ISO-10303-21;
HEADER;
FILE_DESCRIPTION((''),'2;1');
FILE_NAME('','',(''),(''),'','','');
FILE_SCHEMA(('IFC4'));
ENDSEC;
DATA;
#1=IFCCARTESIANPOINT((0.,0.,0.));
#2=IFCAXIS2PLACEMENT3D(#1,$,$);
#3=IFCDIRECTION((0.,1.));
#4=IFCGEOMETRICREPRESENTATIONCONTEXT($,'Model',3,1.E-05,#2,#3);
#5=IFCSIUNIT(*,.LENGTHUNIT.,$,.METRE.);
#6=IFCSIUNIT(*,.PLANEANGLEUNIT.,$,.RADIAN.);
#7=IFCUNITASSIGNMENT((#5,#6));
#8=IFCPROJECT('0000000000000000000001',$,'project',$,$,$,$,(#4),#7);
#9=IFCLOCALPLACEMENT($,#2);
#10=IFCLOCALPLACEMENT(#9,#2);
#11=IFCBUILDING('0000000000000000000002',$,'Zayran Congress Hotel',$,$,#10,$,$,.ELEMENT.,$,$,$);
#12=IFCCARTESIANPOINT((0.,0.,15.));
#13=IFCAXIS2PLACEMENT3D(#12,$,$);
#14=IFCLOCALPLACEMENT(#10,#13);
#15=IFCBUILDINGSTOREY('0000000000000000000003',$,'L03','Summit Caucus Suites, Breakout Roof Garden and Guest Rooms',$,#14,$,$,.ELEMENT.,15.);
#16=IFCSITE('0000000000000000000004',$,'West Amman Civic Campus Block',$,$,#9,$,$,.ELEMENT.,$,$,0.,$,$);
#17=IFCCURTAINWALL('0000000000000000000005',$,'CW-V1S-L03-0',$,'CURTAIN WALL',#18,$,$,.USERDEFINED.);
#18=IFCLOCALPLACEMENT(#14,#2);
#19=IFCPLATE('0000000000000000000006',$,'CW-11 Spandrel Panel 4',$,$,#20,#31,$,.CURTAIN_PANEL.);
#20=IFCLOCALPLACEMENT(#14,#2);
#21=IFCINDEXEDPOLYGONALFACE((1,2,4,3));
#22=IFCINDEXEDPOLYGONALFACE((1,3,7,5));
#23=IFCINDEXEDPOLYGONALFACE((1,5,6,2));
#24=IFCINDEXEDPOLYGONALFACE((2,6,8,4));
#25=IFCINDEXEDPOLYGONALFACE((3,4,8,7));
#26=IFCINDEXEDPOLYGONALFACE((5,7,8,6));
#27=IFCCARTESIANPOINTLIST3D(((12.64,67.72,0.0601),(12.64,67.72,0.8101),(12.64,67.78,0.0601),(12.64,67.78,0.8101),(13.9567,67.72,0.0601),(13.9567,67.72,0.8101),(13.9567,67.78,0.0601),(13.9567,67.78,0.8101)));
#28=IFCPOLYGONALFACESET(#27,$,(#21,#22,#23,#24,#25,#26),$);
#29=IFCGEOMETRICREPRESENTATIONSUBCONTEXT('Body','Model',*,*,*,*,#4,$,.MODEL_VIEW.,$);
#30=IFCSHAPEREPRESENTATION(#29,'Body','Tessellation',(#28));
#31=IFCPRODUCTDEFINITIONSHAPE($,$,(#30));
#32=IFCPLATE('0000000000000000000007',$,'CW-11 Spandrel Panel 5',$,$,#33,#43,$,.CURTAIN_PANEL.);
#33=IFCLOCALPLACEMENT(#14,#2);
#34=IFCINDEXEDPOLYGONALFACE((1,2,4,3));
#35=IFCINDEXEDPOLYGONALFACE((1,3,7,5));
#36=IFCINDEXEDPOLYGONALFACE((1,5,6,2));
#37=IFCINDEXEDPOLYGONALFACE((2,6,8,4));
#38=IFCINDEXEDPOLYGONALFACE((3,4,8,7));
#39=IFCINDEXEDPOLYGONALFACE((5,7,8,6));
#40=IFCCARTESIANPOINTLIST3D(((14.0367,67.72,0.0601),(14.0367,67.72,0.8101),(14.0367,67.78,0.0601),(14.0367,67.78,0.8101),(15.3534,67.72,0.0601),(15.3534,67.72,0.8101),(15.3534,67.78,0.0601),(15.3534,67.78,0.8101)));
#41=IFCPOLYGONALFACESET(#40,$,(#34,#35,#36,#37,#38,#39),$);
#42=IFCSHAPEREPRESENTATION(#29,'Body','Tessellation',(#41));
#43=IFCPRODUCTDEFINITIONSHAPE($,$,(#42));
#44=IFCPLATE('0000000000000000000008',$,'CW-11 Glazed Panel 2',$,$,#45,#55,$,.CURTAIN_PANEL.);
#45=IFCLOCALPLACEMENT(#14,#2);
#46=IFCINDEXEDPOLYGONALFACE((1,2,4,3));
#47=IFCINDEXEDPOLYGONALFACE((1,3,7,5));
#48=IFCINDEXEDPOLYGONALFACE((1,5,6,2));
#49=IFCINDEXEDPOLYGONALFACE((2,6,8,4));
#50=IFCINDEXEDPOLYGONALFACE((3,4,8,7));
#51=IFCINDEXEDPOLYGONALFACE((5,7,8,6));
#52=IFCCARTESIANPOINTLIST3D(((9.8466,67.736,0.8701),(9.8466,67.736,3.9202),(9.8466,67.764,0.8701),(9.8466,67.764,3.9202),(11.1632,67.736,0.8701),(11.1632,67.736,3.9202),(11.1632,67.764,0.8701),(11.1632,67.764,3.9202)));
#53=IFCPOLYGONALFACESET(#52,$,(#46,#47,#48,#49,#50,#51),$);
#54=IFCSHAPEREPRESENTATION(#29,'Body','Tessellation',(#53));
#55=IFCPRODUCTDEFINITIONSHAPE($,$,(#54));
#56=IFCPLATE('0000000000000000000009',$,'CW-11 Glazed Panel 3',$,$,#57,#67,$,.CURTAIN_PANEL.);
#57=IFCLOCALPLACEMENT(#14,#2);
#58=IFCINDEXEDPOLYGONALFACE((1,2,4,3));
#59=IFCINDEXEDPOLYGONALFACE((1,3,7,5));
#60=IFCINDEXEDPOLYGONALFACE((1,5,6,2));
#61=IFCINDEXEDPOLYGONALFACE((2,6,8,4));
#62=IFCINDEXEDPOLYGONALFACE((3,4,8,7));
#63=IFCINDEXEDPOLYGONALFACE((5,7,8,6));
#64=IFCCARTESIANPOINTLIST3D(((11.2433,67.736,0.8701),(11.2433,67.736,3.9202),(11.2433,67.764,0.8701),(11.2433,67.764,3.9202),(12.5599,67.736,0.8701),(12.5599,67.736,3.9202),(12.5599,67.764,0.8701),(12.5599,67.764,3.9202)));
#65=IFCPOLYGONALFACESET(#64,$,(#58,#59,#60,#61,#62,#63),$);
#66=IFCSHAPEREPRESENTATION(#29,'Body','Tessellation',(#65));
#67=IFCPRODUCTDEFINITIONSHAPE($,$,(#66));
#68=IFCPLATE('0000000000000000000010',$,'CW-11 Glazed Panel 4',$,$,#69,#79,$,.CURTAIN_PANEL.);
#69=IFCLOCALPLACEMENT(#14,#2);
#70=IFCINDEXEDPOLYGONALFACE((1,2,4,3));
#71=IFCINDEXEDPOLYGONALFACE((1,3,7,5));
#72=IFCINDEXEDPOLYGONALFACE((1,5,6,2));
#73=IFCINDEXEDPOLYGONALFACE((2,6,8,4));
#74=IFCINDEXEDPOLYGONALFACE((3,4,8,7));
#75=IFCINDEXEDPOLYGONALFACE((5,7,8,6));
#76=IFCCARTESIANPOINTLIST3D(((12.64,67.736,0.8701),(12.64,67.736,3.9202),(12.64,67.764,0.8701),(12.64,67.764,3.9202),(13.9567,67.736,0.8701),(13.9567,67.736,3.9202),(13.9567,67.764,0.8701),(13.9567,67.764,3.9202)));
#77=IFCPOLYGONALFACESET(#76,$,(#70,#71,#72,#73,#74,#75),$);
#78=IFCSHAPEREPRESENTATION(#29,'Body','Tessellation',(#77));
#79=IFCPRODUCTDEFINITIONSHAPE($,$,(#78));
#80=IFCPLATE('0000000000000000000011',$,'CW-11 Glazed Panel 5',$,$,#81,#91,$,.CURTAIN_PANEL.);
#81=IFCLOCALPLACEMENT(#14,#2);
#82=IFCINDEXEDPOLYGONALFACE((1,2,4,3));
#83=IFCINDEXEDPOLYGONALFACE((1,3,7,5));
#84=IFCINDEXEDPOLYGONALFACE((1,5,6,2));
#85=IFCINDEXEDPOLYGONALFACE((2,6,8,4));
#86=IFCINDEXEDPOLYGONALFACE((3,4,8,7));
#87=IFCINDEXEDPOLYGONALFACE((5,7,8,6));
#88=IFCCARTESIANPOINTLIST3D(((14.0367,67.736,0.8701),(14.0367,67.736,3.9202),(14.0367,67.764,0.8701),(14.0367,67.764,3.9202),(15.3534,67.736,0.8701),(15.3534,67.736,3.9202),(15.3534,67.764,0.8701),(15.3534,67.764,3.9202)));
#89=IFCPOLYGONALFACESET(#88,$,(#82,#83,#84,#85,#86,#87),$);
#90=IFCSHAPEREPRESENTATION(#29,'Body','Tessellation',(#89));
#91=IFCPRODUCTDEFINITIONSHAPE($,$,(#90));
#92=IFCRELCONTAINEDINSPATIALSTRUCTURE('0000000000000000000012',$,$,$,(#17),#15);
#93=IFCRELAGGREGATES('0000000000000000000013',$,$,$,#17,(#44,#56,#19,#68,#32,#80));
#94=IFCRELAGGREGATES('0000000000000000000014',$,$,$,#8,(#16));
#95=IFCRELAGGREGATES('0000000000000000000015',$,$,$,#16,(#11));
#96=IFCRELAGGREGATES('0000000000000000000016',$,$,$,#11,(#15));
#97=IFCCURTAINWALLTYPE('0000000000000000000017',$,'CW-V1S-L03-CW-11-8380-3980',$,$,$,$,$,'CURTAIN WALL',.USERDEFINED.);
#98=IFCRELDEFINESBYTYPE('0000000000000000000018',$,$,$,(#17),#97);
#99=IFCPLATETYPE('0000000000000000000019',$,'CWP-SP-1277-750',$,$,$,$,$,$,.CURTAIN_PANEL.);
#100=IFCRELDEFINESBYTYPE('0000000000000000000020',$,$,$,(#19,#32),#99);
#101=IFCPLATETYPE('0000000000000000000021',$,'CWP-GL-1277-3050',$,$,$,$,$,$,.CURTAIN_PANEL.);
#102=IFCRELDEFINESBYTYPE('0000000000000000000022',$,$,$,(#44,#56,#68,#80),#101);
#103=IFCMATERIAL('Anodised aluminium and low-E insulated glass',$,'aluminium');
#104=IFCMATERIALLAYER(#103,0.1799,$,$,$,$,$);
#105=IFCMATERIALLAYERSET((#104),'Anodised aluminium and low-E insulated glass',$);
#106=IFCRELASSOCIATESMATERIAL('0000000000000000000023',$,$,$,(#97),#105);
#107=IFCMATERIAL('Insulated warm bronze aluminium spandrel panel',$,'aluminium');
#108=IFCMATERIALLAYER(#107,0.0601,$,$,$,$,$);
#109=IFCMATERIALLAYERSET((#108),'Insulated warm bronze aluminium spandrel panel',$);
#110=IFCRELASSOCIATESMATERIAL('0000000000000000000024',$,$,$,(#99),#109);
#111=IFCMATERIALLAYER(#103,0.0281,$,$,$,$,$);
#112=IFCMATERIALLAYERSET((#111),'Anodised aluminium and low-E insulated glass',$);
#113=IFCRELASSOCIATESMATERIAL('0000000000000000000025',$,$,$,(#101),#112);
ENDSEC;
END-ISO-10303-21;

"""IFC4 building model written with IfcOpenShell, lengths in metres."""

from ifc_helpers import new_model, si_unit, direction, frame, origin, origin_2d, place, context, subcontext, project, spatial, rectangle, extrude, material, layer, layer_set, type_object, element, aggregate, save


model = new_model("IFC4")

# Units and contexts
model_context = context("Model", 3, precision=1e-05, world=origin(), true_north=direction((0.0, 1.0)))
body_context = subcontext(model_context, "Body", "Model", "MODEL_VIEW")
ifc_project = project(units=[si_unit("LENGTHUNIT", "METRE"), si_unit("PLANEANGLEUNIT", "RADIAN")], contexts=[model_context])

# Site, building, storey
site_placement = place(None, origin())
site = spatial("IfcSite", under=ifc_project, at=site_placement, Name="West Amman Civic Campus Block", CompositionType="ELEMENT", RefElevation=0.0)
building_placement = place(site_placement, origin())
building = spatial("IfcBuilding", under=site, at=building_placement, Name="Zayran Congress Hotel", CompositionType="ELEMENT")
storey_placement = place(building_placement, frame((0.0, 0.0, 15.0)))
storey = spatial("IfcBuildingStorey", under=building, at=storey_placement, Name="L03", Description="Summit Caucus Suites, Breakout Roof Garden and Guest Rooms", CompositionType="ELEMENT", Elevation=15.0)

# Curtain wall, plates
ifc_material_1 = material(Name="Anodised aluminium and low-E insulated glass", Category="aluminium")
ifc_layer_1 = layer(ifc_material_1, 0.1799)
ifc_layer_set_1 = layer_set([ifc_layer_1], Name="Anodised aluminium and low-E insulated glass")
curtain_wall_type = type_object("IfcCurtainWallType", Name="CW-V1S-L03-CW-11-8380-3980", ElementType="CURTAIN WALL", PredefinedType="USERDEFINED", material=ifc_layer_set_1)
curtain_wall_placement = place(storey_placement, origin())
curtain_wall = element("IfcCurtainWall", 1, at=curtain_wall_placement, inside=storey, type_object=curtain_wall_type, Name="CW-V1S-L03-0", ObjectType="CURTAIN WALL", PredefinedType="USERDEFINED")
ifc_material_2 = material(Name="Insulated warm bronze aluminium spandrel panel", Category="aluminium")
ifc_layer_2 = layer(ifc_material_2, 0.0601)
ifc_layer_set_2 = layer_set([ifc_layer_2], Name="Insulated warm bronze aluminium spandrel panel")
plate_type_1 = type_object("IfcPlateType", Name="CWP-SP-1277-750", PredefinedType="CURTAIN_PANEL", material=ifc_layer_set_2)
plate_1_placement = place(storey_placement, frame((13.2983, 67.75, 0.0601), z_axis=(0.0, 0.0, 1.0), x_axis=(1.0, 0.0, 0.0)))
plate_1 = element("IfcPlate", 2, at=plate_1_placement, type_object=plate_type_1, Name="CW-11 Spandrel Panel 4", PredefinedType="CURTAIN_PANEL", context=body_context, shape_type="SweptSolid", body=[
    extrude(rectangle(XDim=1.3167, YDim=0.0601, at=origin_2d()), origin(), (0.0, 0.0, 1.0), 0.75),
])
plate_2_placement = place(storey_placement, frame((14.6951, 67.75, 0.0601), z_axis=(0.0, 0.0, 1.0), x_axis=(1.0, 0.0, 0.0)))
plate_2 = element("IfcPlate", 3, at=plate_2_placement, type_object=plate_type_1, Name="CW-11 Spandrel Panel 5", PredefinedType="CURTAIN_PANEL", context=body_context, shape_type="SweptSolid", body=[
    extrude(rectangle(XDim=1.3167, YDim=0.0601, at=origin_2d()), origin(), (0.0, 0.0, 1.0), 0.75),
])
ifc_layer_3 = layer(ifc_material_1, 0.0281)
ifc_layer_set_3 = layer_set([ifc_layer_3], Name="Anodised aluminium and low-E insulated glass")
plate_type_2 = type_object("IfcPlateType", Name="CWP-GL-1277-3050", PredefinedType="CURTAIN_PANEL", material=ifc_layer_set_3)
plate_3_placement = place(storey_placement, frame((10.5049, 67.75, 0.8701), z_axis=(0.0, 0.0, 1.0), x_axis=(1.0, 0.0, 0.0)))
plate_3 = element("IfcPlate", 4, at=plate_3_placement, type_object=plate_type_2, Name="CW-11 Glazed Panel 2", PredefinedType="CURTAIN_PANEL", context=body_context, shape_type="SweptSolid", body=[
    extrude(rectangle(XDim=1.3167, YDim=0.0281, at=origin_2d()), origin(), (0.0, 0.0, 1.0), 3.05),
])
plate_4_placement = place(storey_placement, frame((11.9016, 67.75, 0.8701), z_axis=(0.0, 0.0, 1.0), x_axis=(1.0, 0.0, 0.0)))
plate_4 = element("IfcPlate", 5, at=plate_4_placement, type_object=plate_type_2, Name="CW-11 Glazed Panel 3", PredefinedType="CURTAIN_PANEL", context=body_context, shape_type="SweptSolid", body=[
    extrude(rectangle(XDim=1.3167, YDim=0.0281, at=origin_2d()), origin(), (0.0, 0.0, 1.0), 3.05),
])
plate_5_placement = place(storey_placement, frame((13.2983, 67.75, 0.8701), z_axis=(0.0, 0.0, 1.0), x_axis=(1.0, 0.0, 0.0)))
plate_5 = element("IfcPlate", 6, at=plate_5_placement, type_object=plate_type_2, Name="CW-11 Glazed Panel 4", PredefinedType="CURTAIN_PANEL", context=body_context, shape_type="SweptSolid", body=[
    extrude(rectangle(XDim=1.3167, YDim=0.0281, at=origin_2d()), origin(), (0.0, 0.0, 1.0), 3.05),
])
plate_6_placement = place(storey_placement, frame((14.6951, 67.75, 0.8701), z_axis=(0.0, 0.0, 1.0), x_axis=(1.0, 0.0, 0.0)))
plate_6 = element("IfcPlate", 7, at=plate_6_placement, type_object=plate_type_2, Name="CW-11 Glazed Panel 5", PredefinedType="CURTAIN_PANEL", context=body_context, shape_type="SweptSolid", body=[
    extrude(rectangle(XDim=1.3167, YDim=0.0281, at=origin_2d()), origin(), (0.0, 0.0, 1.0), 3.05),
])
aggregate(curtain_wall, [plate_3, plate_4, plate_1, plate_5, plate_2, plate_6])

save(model, "model.ifc")
